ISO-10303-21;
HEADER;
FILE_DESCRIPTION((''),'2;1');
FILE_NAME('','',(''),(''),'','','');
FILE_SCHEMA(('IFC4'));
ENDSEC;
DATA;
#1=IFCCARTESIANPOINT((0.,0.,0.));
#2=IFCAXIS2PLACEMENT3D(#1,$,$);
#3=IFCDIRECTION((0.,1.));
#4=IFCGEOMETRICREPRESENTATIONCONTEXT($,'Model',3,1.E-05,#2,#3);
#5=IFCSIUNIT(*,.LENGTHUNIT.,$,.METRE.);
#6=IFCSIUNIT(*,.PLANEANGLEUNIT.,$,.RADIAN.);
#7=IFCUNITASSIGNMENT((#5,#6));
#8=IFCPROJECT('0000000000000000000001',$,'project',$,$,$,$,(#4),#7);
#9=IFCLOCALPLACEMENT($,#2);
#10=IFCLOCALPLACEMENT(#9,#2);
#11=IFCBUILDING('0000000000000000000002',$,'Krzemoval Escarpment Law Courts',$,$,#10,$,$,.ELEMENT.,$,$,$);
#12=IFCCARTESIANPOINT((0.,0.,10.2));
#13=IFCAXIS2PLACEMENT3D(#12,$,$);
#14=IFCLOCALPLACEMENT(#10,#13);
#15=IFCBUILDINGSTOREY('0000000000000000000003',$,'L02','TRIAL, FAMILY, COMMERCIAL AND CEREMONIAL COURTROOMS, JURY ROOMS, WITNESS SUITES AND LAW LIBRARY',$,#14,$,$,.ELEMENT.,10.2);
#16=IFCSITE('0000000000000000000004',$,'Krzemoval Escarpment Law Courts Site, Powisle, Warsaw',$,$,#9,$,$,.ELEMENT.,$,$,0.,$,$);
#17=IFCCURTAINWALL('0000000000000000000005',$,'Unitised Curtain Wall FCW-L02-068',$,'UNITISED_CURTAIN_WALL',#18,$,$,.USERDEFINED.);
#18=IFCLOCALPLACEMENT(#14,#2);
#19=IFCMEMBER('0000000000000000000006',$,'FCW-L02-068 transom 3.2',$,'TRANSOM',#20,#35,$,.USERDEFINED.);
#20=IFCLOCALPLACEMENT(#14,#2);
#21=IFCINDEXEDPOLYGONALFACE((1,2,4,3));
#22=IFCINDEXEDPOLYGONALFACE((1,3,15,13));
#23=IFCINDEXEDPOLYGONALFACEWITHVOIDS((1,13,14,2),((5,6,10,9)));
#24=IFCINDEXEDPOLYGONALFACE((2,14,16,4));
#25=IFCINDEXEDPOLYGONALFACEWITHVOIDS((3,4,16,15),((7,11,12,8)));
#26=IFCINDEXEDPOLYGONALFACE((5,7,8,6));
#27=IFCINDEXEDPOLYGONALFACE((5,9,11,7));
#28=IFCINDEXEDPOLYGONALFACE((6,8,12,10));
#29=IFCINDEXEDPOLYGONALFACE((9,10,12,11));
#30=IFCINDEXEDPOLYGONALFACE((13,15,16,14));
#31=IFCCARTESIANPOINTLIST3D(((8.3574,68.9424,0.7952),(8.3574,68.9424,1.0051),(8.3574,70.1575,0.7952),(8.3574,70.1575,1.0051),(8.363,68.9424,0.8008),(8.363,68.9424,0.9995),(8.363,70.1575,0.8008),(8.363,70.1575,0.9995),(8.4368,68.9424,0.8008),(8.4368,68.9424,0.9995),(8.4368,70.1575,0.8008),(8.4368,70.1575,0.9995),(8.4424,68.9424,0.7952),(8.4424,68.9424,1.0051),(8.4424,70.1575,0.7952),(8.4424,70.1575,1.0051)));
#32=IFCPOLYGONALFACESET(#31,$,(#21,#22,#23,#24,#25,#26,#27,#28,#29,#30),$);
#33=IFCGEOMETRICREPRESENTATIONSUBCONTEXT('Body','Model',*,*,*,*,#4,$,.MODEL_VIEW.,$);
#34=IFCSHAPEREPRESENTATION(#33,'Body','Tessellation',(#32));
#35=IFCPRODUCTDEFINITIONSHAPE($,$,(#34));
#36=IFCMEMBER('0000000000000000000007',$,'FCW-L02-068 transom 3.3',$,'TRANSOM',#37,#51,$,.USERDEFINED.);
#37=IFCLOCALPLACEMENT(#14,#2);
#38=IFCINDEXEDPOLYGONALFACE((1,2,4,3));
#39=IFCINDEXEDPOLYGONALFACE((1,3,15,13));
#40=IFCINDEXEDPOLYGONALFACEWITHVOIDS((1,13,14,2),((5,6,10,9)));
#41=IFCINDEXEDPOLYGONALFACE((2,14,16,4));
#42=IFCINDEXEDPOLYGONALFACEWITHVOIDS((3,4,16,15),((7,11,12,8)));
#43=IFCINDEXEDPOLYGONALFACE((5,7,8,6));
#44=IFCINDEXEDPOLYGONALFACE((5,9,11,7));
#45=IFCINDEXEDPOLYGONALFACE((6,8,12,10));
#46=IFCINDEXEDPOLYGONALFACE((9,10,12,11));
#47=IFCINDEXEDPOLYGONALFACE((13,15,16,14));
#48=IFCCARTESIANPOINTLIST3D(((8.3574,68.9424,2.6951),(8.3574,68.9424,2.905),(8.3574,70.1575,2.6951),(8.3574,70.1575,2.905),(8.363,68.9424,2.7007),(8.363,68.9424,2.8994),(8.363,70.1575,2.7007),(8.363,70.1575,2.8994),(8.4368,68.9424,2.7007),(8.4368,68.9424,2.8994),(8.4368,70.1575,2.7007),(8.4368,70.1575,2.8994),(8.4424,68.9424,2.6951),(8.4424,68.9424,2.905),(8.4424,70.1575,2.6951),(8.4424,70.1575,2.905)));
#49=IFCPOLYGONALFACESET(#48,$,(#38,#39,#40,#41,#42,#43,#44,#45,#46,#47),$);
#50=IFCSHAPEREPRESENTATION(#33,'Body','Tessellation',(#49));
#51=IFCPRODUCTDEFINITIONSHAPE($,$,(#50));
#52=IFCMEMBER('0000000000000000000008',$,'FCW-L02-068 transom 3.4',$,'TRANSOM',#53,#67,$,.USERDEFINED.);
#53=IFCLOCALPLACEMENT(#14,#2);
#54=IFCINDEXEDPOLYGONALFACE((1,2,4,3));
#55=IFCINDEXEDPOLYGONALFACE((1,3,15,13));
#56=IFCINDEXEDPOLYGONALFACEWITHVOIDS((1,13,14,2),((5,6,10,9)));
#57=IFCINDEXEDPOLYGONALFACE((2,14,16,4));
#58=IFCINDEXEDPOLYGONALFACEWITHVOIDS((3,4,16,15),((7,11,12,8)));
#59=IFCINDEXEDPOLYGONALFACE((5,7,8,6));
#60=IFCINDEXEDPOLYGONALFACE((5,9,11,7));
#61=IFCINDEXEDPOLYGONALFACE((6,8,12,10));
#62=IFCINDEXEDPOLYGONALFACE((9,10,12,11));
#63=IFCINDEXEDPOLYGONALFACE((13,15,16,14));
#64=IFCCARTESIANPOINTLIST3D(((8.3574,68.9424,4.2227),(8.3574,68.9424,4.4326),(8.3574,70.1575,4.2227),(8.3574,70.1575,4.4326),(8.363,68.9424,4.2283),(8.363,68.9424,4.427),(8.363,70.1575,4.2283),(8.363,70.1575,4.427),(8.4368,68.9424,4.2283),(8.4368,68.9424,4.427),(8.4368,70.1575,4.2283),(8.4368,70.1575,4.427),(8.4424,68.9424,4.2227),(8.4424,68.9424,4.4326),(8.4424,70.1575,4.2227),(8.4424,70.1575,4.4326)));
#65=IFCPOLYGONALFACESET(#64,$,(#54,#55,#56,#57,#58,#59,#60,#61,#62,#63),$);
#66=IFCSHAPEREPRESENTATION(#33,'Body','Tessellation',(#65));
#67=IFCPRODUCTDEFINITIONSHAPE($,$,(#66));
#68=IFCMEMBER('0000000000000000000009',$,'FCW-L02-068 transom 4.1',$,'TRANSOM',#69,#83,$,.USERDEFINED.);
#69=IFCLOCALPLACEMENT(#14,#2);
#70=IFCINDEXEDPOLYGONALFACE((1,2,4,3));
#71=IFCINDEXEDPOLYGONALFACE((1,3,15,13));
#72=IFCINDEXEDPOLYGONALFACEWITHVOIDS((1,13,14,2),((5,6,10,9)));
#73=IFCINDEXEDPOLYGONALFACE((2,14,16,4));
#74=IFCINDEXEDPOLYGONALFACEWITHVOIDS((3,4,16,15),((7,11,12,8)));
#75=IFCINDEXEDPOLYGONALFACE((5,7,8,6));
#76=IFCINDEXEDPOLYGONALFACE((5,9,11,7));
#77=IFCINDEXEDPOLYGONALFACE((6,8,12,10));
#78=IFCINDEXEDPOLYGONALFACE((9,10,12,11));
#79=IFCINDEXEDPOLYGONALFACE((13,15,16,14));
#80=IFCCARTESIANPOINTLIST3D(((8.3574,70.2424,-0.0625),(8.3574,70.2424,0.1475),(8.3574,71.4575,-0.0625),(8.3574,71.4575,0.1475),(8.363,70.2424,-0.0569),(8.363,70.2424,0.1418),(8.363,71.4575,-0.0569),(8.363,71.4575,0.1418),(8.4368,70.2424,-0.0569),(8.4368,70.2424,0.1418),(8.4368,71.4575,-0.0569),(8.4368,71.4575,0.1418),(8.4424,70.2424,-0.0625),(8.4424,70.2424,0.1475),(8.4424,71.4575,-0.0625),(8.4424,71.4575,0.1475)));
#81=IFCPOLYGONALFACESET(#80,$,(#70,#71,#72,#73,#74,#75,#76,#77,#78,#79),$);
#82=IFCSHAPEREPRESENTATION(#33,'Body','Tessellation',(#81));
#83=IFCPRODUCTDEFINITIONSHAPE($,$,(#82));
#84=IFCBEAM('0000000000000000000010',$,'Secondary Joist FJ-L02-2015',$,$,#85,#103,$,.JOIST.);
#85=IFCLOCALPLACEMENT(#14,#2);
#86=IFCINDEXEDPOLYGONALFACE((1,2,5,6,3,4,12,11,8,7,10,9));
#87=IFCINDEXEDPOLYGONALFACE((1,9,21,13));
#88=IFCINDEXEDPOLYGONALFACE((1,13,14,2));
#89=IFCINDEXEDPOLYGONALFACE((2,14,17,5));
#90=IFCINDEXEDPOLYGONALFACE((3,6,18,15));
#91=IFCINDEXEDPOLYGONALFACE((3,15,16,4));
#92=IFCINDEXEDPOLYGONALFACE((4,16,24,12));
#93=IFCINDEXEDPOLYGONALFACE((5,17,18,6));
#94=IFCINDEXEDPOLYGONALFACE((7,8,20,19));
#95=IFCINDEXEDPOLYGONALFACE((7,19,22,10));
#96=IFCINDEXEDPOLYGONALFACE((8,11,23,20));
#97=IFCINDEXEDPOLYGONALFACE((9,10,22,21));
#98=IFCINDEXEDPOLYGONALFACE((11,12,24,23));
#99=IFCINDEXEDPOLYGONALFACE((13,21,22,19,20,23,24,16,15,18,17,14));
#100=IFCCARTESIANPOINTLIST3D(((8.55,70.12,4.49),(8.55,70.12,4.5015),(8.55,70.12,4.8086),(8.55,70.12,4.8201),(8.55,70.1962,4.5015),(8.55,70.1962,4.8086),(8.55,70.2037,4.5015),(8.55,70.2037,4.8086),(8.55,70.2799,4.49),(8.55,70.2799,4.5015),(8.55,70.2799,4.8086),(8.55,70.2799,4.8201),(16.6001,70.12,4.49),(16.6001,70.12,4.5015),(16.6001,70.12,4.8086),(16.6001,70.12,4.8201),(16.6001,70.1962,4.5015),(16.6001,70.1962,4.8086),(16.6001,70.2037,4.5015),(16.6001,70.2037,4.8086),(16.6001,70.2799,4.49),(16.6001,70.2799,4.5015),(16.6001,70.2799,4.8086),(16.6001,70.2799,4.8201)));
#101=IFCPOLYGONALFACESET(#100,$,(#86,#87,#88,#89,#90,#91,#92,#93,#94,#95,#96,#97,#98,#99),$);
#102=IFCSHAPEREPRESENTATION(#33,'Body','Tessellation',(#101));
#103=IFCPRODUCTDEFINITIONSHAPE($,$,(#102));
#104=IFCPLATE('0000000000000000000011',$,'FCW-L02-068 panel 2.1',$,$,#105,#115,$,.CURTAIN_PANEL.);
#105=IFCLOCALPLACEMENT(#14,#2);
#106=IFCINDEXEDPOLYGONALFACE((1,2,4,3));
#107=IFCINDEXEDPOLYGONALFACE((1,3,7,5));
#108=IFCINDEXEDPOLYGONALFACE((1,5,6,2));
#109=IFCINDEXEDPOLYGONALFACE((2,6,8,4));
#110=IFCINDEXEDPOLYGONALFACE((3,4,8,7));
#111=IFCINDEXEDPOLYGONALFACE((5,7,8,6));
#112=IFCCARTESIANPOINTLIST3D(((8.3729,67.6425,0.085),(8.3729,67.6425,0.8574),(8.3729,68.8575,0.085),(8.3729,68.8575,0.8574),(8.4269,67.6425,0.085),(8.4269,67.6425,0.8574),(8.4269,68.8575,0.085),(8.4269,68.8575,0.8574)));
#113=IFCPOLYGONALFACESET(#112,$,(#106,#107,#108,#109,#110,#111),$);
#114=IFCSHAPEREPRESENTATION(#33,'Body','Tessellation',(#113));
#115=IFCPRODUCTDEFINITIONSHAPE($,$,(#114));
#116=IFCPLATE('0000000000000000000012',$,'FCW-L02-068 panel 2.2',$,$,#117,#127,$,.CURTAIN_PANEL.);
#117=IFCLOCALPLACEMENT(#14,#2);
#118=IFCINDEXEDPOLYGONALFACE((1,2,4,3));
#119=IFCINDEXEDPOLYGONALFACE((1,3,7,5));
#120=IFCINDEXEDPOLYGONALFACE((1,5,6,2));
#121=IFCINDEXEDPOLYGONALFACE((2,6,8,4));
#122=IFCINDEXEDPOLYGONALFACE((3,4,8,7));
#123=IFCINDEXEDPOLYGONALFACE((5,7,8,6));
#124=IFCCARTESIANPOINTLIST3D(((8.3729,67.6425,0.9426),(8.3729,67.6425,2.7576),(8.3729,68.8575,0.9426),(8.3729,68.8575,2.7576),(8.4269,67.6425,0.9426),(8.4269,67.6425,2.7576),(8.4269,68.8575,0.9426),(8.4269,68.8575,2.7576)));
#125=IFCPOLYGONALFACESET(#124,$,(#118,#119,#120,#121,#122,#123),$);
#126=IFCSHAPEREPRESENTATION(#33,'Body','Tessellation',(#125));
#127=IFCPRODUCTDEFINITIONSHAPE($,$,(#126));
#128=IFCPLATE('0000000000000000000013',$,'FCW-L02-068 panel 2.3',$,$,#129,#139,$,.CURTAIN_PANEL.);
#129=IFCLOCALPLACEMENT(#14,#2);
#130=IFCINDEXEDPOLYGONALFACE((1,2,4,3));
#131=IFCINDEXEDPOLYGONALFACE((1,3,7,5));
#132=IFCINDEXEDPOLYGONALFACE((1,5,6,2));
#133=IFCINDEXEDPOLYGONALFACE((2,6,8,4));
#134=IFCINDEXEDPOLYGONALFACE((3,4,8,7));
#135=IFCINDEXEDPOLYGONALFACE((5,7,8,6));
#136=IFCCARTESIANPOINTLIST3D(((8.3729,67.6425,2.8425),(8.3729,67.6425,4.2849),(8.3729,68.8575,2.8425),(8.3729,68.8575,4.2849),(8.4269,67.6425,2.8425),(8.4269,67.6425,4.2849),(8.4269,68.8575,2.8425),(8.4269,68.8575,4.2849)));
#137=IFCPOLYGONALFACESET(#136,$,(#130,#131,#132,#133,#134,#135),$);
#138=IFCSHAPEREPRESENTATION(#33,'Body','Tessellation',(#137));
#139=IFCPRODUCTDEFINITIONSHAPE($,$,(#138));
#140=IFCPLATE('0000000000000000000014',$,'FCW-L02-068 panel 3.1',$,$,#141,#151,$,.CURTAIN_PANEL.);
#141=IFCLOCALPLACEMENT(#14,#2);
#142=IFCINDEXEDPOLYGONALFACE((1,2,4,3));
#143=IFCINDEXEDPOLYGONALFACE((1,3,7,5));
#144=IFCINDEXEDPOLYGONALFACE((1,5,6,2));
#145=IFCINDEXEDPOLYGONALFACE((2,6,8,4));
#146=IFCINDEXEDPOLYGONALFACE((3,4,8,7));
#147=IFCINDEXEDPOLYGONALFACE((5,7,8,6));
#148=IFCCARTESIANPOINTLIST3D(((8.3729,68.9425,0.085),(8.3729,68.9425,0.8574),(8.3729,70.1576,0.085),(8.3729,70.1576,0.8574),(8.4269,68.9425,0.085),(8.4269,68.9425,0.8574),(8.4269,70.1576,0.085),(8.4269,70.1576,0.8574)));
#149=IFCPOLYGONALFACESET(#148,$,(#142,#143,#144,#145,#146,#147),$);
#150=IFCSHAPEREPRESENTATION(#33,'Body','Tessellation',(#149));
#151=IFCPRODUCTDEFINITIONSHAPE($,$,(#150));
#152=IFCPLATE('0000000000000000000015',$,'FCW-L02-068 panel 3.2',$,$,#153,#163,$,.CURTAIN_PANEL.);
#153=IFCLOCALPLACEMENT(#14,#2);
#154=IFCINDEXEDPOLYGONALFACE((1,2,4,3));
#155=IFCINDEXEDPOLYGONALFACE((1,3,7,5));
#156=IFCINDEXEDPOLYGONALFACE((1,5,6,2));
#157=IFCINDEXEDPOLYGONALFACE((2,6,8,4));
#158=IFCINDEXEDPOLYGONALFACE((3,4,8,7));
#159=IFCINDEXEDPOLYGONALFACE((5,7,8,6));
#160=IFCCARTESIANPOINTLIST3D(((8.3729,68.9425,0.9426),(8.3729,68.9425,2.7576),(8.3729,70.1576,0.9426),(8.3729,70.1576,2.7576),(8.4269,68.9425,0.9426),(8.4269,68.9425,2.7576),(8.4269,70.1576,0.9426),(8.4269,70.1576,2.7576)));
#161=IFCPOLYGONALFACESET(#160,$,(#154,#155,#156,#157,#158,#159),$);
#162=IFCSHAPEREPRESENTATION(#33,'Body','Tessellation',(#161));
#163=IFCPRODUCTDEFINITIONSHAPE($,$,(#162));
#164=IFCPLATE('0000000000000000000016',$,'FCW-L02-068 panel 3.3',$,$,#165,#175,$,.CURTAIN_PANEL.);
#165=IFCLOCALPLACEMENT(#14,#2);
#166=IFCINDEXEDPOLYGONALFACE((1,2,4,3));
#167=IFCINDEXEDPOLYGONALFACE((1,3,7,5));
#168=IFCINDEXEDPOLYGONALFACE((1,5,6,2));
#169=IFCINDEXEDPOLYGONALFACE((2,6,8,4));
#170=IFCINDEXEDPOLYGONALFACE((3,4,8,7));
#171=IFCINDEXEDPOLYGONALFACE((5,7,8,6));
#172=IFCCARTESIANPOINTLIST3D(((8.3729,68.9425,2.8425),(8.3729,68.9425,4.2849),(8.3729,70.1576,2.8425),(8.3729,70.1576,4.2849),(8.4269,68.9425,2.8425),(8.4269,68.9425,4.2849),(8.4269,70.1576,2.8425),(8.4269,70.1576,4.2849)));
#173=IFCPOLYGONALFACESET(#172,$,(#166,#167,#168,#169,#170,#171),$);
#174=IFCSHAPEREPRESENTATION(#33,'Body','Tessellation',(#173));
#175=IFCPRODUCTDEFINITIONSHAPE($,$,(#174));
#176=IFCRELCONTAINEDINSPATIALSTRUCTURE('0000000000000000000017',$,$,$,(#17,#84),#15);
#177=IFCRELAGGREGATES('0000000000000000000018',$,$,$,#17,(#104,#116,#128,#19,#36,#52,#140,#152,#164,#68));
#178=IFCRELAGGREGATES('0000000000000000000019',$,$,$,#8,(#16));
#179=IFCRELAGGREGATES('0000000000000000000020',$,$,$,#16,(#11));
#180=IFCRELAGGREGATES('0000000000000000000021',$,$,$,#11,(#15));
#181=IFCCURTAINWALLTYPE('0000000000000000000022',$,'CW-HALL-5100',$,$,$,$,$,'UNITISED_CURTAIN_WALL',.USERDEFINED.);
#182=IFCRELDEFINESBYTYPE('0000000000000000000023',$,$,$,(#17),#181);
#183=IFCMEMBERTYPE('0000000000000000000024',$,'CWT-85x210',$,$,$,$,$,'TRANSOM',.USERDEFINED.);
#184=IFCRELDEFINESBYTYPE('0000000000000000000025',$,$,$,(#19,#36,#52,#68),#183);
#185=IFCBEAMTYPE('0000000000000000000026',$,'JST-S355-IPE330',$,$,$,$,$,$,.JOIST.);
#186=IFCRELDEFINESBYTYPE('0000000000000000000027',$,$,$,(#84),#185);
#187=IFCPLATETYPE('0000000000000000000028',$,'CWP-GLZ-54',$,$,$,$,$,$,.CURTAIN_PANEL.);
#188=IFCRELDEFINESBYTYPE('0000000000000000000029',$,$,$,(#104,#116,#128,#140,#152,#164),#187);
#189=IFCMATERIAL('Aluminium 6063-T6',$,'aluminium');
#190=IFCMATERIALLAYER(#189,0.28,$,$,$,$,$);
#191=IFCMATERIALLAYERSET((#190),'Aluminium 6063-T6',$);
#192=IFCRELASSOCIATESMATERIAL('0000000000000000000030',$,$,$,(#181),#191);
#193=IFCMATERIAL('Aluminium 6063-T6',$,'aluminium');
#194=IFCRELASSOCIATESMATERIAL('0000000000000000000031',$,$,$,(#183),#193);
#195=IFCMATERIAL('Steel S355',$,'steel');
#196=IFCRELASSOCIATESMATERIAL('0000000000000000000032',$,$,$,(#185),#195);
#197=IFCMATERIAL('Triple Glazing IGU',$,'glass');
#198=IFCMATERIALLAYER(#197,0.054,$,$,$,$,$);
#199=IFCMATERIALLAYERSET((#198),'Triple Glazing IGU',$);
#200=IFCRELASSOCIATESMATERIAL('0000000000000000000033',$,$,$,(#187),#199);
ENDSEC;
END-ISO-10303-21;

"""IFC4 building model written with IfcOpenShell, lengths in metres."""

from ifc_helpers import new_model, si_unit, direction, frame, origin, origin_2d, place, context, subcontext, project, spatial, rectangle, hollow_rectangle, i_section, extrude, material, layer, layer_set, material_profile, profile_set, type_object, element, aggregate, save


model = new_model("IFC4")

# Units and contexts
model_context = context("Model", 3, precision=1e-05, world=origin(), true_north=direction((0.0, 1.0)))
body_context = subcontext(model_context, "Body", "Model", "MODEL_VIEW")
ifc_project = project(units=[si_unit("LENGTHUNIT", "METRE"), si_unit("PLANEANGLEUNIT", "RADIAN")], contexts=[model_context])

# Site, building, storey
site_placement = place(None, origin())
site = spatial("IfcSite", under=ifc_project, at=site_placement, Name="Krzemoval Escarpment Law Courts Site, Powisle, Warsaw", CompositionType="ELEMENT", RefElevation=0.0)
building_placement = place(site_placement, origin())
building = spatial("IfcBuilding", under=site, at=building_placement, Name="Krzemoval Escarpment Law Courts", CompositionType="ELEMENT")
storey_placement = place(building_placement, frame((0.0, 0.0, 10.2)))
storey = spatial("IfcBuildingStorey", under=building, at=storey_placement, Name="L02", Description="TRIAL, FAMILY, COMMERCIAL AND CEREMONIAL COURTROOMS, JURY ROOMS, WITNESS SUITES AND LAW LIBRARY", CompositionType="ELEMENT", Elevation=10.2)

# Curtain wall, members
ifc_material_1 = material(Name="Aluminium 6063-T6", Category="aluminium")
ifc_layer_1 = layer(ifc_material_1, 0.28)
ifc_layer_set_1 = layer_set([ifc_layer_1], Name="Aluminium 6063-T6")
curtain_wall_type = type_object("IfcCurtainWallType", Name="CW-HALL-5100", ElementType="UNITISED_CURTAIN_WALL", PredefinedType="USERDEFINED", material=ifc_layer_set_1)
curtain_wall_placement = place(storey_placement, origin())
curtain_wall = element("IfcCurtainWall", 1, at=curtain_wall_placement, inside=storey, type_object=curtain_wall_type, Name="Unitised Curtain Wall FCW-L02-068", ObjectType="UNITISED_CURTAIN_WALL", PredefinedType="USERDEFINED")
ifc_material_2 = material(Name="Aluminium 6063-T6", Category="aluminium")
ifc_material_profile_1 = material_profile(ifc_material_2, hollow_rectangle(XDim=0.085, YDim=0.21, WallThickness=0.0056, at=origin_2d()), Name="ALU T85x210")
ifc_profile_set_1 = profile_set([ifc_material_profile_1], Name="Aluminium 6063-T6")
member_type_1 = type_object("IfcMemberType", Name="CWT-85x210", ElementType="TRANSOM", PredefinedType="USERDEFINED", material=ifc_profile_set_1)
member_1_placement = place(storey_placement, frame((8.3999, 68.9424, 0.9001), z_axis=(0.0, 1.0, 0.0), x_axis=(-1.0, 0.0, 0.0)))
member_1 = element("IfcMember", 2, at=member_1_placement, type_object=member_type_1, Name="FCW-L02-068 transom 3.2", ObjectType="TRANSOM", PredefinedType="USERDEFINED", context=body_context, shape_type="SweptSolid", body=[
    extrude(hollow_rectangle(XDim=0.085, YDim=0.21, WallThickness=0.0056, at=origin_2d()), origin(), (0.0, 0.0, 1.0), 1.2151),
])
member_2_placement = place(storey_placement, frame((8.3999, 68.9424, 2.8), z_axis=(0.0, 1.0, 0.0), x_axis=(-1.0, 0.0, 0.0)))
member_2 = element("IfcMember", 3, at=member_2_placement, type_object=member_type_1, Name="FCW-L02-068 transom 3.3", ObjectType="TRANSOM", PredefinedType="USERDEFINED", context=body_context, shape_type="SweptSolid", body=[
    extrude(hollow_rectangle(XDim=0.085, YDim=0.21, WallThickness=0.0056, at=origin_2d()), origin(), (0.0, 0.0, 1.0), 1.2151),
])
member_3_placement = place(storey_placement, frame((8.3999, 68.9424, 4.3276), z_axis=(0.0, 1.0, 0.0), x_axis=(-1.0, 0.0, 0.0)))
member_3 = element("IfcMember", 4, at=member_3_placement, type_object=member_type_1, Name="FCW-L02-068 transom 3.4", ObjectType="TRANSOM", PredefinedType="USERDEFINED", context=body_context, shape_type="SweptSolid", body=[
    extrude(hollow_rectangle(XDim=0.085, YDim=0.21, WallThickness=0.0056, at=origin_2d()), origin(), (0.0, 0.0, 1.0), 1.2151),
])
member_4_placement = place(storey_placement, frame((8.3999, 70.2424, 0.0425), z_axis=(0.0, 1.0, 0.0), x_axis=(-1.0, 0.0, 0.0)))
member_4 = element("IfcMember", 5, at=member_4_placement, type_object=member_type_1, Name="FCW-L02-068 transom 4.1", ObjectType="TRANSOM", PredefinedType="USERDEFINED", context=body_context, shape_type="SweptSolid", body=[
    extrude(hollow_rectangle(XDim=0.085, YDim=0.21, WallThickness=0.0056, at=origin_2d()), origin(), (0.0, 0.0, 1.0), 1.2151),
])

# Beam
ifc_material_3 = material(Name="Steel S355", Category="steel")
ifc_material_profile_2 = material_profile(ifc_material_3, i_section(OverallWidth=0.1599, OverallDepth=0.3301, WebThickness=0.0076, FlangeThickness=0.0115, at=origin_2d()), Name="IPE 330")
ifc_profile_set_2 = profile_set([ifc_material_profile_2], Name="Steel S355")
beam_type_1 = type_object("IfcBeamType", Name="JST-S355-IPE330", PredefinedType="JOIST", material=ifc_profile_set_2)
beam_1_placement = place(storey_placement, frame((8.55, 70.2, 4.655), z_axis=(1.0, 0.0, 0.0), x_axis=(0.0, 1.0, 0.0)))
element("IfcBeam", 6, at=beam_1_placement, inside=storey, type_object=beam_type_1, Name="Secondary Joist FJ-L02-2015", PredefinedType="JOIST", context=body_context, shape_type="SweptSolid", body=[
    extrude(i_section(OverallWidth=0.1599, OverallDepth=0.3301, WebThickness=0.0076, FlangeThickness=0.0115, at=origin_2d()), origin(), (0.0, 0.0, 1.0), 8.05),
])

# Plates
ifc_material_4 = material(Name="Triple Glazing IGU", Category="glass")
ifc_layer_2 = layer(ifc_material_4, 0.054)
ifc_layer_set_2 = layer_set([ifc_layer_2], Name="Triple Glazing IGU")
plate_type = type_object("IfcPlateType", Name="CWP-GLZ-54", PredefinedType="CURTAIN_PANEL", material=ifc_layer_set_2)
plate_1_placement = place(storey_placement, frame((8.3999, 68.25, 0.085), z_axis=(0.0, 0.0, 1.0), x_axis=(0.0, 1.0, 0.0)))
plate_1 = element("IfcPlate", 7, at=plate_1_placement, type_object=plate_type, Name="FCW-L02-068 panel 2.1", PredefinedType="CURTAIN_PANEL", context=body_context, shape_type="SweptSolid", body=[
    extrude(rectangle(XDim=1.2151, YDim=0.054, at=origin_2d()), origin(), (0.0, 0.0, 1.0), 0.7725),
])
plate_2_placement = place(storey_placement, frame((8.3999, 68.25, 0.9426), z_axis=(0.0, 0.0, 1.0), x_axis=(0.0, 1.0, 0.0)))
plate_2 = element("IfcPlate", 8, at=plate_2_placement, type_object=plate_type, Name="FCW-L02-068 panel 2.2", PredefinedType="CURTAIN_PANEL", context=body_context, shape_type="SweptSolid", body=[
    extrude(rectangle(XDim=1.2151, YDim=0.054, at=origin_2d()), origin(), (0.0, 0.0, 1.0), 1.8149),
])
plate_3_placement = place(storey_placement, frame((8.3999, 68.25, 2.8425), z_axis=(0.0, 0.0, 1.0), x_axis=(0.0, 1.0, 0.0)))
plate_3 = element("IfcPlate", 9, at=plate_3_placement, type_object=plate_type, Name="FCW-L02-068 panel 2.3", PredefinedType="CURTAIN_PANEL", context=body_context, shape_type="SweptSolid", body=[
    extrude(rectangle(XDim=1.2151, YDim=0.054, at=origin_2d()), origin(), (0.0, 0.0, 1.0), 1.4424),
])
plate_4_placement = place(storey_placement, frame((8.3999, 69.55, 0.085), z_axis=(0.0, 0.0, 1.0), x_axis=(0.0, 1.0, 0.0)))
plate_4 = element("IfcPlate", 10, at=plate_4_placement, type_object=plate_type, Name="FCW-L02-068 panel 3.1", PredefinedType="CURTAIN_PANEL", context=body_context, shape_type="SweptSolid", body=[
    extrude(rectangle(XDim=1.2151, YDim=0.054, at=origin_2d()), origin(), (0.0, 0.0, 1.0), 0.7725),
])
plate_5_placement = place(storey_placement, frame((8.3999, 69.55, 0.9426), z_axis=(0.0, 0.0, 1.0), x_axis=(0.0, 1.0, 0.0)))
plate_5 = element("IfcPlate", 11, at=plate_5_placement, type_object=plate_type, Name="FCW-L02-068 panel 3.2", PredefinedType="CURTAIN_PANEL", context=body_context, shape_type="SweptSolid", body=[
    extrude(rectangle(XDim=1.2151, YDim=0.054, at=origin_2d()), origin(), (0.0, 0.0, 1.0), 1.8149),
])
plate_6_placement = place(storey_placement, frame((8.3999, 69.55, 2.8425), z_axis=(0.0, 0.0, 1.0), x_axis=(0.0, 1.0, 0.0)))
plate_6 = element("IfcPlate", 12, at=plate_6_placement, type_object=plate_type, Name="FCW-L02-068 panel 3.3", PredefinedType="CURTAIN_PANEL", context=body_context, shape_type="SweptSolid", body=[
    extrude(rectangle(XDim=1.2151, YDim=0.054, at=origin_2d()), origin(), (0.0, 0.0, 1.0), 1.4424),
])
aggregate(curtain_wall, [plate_1, plate_2, plate_3, member_1, member_2, member_3, plate_4, plate_5, plate_6, member_4])

save(model, "model.ifc")
